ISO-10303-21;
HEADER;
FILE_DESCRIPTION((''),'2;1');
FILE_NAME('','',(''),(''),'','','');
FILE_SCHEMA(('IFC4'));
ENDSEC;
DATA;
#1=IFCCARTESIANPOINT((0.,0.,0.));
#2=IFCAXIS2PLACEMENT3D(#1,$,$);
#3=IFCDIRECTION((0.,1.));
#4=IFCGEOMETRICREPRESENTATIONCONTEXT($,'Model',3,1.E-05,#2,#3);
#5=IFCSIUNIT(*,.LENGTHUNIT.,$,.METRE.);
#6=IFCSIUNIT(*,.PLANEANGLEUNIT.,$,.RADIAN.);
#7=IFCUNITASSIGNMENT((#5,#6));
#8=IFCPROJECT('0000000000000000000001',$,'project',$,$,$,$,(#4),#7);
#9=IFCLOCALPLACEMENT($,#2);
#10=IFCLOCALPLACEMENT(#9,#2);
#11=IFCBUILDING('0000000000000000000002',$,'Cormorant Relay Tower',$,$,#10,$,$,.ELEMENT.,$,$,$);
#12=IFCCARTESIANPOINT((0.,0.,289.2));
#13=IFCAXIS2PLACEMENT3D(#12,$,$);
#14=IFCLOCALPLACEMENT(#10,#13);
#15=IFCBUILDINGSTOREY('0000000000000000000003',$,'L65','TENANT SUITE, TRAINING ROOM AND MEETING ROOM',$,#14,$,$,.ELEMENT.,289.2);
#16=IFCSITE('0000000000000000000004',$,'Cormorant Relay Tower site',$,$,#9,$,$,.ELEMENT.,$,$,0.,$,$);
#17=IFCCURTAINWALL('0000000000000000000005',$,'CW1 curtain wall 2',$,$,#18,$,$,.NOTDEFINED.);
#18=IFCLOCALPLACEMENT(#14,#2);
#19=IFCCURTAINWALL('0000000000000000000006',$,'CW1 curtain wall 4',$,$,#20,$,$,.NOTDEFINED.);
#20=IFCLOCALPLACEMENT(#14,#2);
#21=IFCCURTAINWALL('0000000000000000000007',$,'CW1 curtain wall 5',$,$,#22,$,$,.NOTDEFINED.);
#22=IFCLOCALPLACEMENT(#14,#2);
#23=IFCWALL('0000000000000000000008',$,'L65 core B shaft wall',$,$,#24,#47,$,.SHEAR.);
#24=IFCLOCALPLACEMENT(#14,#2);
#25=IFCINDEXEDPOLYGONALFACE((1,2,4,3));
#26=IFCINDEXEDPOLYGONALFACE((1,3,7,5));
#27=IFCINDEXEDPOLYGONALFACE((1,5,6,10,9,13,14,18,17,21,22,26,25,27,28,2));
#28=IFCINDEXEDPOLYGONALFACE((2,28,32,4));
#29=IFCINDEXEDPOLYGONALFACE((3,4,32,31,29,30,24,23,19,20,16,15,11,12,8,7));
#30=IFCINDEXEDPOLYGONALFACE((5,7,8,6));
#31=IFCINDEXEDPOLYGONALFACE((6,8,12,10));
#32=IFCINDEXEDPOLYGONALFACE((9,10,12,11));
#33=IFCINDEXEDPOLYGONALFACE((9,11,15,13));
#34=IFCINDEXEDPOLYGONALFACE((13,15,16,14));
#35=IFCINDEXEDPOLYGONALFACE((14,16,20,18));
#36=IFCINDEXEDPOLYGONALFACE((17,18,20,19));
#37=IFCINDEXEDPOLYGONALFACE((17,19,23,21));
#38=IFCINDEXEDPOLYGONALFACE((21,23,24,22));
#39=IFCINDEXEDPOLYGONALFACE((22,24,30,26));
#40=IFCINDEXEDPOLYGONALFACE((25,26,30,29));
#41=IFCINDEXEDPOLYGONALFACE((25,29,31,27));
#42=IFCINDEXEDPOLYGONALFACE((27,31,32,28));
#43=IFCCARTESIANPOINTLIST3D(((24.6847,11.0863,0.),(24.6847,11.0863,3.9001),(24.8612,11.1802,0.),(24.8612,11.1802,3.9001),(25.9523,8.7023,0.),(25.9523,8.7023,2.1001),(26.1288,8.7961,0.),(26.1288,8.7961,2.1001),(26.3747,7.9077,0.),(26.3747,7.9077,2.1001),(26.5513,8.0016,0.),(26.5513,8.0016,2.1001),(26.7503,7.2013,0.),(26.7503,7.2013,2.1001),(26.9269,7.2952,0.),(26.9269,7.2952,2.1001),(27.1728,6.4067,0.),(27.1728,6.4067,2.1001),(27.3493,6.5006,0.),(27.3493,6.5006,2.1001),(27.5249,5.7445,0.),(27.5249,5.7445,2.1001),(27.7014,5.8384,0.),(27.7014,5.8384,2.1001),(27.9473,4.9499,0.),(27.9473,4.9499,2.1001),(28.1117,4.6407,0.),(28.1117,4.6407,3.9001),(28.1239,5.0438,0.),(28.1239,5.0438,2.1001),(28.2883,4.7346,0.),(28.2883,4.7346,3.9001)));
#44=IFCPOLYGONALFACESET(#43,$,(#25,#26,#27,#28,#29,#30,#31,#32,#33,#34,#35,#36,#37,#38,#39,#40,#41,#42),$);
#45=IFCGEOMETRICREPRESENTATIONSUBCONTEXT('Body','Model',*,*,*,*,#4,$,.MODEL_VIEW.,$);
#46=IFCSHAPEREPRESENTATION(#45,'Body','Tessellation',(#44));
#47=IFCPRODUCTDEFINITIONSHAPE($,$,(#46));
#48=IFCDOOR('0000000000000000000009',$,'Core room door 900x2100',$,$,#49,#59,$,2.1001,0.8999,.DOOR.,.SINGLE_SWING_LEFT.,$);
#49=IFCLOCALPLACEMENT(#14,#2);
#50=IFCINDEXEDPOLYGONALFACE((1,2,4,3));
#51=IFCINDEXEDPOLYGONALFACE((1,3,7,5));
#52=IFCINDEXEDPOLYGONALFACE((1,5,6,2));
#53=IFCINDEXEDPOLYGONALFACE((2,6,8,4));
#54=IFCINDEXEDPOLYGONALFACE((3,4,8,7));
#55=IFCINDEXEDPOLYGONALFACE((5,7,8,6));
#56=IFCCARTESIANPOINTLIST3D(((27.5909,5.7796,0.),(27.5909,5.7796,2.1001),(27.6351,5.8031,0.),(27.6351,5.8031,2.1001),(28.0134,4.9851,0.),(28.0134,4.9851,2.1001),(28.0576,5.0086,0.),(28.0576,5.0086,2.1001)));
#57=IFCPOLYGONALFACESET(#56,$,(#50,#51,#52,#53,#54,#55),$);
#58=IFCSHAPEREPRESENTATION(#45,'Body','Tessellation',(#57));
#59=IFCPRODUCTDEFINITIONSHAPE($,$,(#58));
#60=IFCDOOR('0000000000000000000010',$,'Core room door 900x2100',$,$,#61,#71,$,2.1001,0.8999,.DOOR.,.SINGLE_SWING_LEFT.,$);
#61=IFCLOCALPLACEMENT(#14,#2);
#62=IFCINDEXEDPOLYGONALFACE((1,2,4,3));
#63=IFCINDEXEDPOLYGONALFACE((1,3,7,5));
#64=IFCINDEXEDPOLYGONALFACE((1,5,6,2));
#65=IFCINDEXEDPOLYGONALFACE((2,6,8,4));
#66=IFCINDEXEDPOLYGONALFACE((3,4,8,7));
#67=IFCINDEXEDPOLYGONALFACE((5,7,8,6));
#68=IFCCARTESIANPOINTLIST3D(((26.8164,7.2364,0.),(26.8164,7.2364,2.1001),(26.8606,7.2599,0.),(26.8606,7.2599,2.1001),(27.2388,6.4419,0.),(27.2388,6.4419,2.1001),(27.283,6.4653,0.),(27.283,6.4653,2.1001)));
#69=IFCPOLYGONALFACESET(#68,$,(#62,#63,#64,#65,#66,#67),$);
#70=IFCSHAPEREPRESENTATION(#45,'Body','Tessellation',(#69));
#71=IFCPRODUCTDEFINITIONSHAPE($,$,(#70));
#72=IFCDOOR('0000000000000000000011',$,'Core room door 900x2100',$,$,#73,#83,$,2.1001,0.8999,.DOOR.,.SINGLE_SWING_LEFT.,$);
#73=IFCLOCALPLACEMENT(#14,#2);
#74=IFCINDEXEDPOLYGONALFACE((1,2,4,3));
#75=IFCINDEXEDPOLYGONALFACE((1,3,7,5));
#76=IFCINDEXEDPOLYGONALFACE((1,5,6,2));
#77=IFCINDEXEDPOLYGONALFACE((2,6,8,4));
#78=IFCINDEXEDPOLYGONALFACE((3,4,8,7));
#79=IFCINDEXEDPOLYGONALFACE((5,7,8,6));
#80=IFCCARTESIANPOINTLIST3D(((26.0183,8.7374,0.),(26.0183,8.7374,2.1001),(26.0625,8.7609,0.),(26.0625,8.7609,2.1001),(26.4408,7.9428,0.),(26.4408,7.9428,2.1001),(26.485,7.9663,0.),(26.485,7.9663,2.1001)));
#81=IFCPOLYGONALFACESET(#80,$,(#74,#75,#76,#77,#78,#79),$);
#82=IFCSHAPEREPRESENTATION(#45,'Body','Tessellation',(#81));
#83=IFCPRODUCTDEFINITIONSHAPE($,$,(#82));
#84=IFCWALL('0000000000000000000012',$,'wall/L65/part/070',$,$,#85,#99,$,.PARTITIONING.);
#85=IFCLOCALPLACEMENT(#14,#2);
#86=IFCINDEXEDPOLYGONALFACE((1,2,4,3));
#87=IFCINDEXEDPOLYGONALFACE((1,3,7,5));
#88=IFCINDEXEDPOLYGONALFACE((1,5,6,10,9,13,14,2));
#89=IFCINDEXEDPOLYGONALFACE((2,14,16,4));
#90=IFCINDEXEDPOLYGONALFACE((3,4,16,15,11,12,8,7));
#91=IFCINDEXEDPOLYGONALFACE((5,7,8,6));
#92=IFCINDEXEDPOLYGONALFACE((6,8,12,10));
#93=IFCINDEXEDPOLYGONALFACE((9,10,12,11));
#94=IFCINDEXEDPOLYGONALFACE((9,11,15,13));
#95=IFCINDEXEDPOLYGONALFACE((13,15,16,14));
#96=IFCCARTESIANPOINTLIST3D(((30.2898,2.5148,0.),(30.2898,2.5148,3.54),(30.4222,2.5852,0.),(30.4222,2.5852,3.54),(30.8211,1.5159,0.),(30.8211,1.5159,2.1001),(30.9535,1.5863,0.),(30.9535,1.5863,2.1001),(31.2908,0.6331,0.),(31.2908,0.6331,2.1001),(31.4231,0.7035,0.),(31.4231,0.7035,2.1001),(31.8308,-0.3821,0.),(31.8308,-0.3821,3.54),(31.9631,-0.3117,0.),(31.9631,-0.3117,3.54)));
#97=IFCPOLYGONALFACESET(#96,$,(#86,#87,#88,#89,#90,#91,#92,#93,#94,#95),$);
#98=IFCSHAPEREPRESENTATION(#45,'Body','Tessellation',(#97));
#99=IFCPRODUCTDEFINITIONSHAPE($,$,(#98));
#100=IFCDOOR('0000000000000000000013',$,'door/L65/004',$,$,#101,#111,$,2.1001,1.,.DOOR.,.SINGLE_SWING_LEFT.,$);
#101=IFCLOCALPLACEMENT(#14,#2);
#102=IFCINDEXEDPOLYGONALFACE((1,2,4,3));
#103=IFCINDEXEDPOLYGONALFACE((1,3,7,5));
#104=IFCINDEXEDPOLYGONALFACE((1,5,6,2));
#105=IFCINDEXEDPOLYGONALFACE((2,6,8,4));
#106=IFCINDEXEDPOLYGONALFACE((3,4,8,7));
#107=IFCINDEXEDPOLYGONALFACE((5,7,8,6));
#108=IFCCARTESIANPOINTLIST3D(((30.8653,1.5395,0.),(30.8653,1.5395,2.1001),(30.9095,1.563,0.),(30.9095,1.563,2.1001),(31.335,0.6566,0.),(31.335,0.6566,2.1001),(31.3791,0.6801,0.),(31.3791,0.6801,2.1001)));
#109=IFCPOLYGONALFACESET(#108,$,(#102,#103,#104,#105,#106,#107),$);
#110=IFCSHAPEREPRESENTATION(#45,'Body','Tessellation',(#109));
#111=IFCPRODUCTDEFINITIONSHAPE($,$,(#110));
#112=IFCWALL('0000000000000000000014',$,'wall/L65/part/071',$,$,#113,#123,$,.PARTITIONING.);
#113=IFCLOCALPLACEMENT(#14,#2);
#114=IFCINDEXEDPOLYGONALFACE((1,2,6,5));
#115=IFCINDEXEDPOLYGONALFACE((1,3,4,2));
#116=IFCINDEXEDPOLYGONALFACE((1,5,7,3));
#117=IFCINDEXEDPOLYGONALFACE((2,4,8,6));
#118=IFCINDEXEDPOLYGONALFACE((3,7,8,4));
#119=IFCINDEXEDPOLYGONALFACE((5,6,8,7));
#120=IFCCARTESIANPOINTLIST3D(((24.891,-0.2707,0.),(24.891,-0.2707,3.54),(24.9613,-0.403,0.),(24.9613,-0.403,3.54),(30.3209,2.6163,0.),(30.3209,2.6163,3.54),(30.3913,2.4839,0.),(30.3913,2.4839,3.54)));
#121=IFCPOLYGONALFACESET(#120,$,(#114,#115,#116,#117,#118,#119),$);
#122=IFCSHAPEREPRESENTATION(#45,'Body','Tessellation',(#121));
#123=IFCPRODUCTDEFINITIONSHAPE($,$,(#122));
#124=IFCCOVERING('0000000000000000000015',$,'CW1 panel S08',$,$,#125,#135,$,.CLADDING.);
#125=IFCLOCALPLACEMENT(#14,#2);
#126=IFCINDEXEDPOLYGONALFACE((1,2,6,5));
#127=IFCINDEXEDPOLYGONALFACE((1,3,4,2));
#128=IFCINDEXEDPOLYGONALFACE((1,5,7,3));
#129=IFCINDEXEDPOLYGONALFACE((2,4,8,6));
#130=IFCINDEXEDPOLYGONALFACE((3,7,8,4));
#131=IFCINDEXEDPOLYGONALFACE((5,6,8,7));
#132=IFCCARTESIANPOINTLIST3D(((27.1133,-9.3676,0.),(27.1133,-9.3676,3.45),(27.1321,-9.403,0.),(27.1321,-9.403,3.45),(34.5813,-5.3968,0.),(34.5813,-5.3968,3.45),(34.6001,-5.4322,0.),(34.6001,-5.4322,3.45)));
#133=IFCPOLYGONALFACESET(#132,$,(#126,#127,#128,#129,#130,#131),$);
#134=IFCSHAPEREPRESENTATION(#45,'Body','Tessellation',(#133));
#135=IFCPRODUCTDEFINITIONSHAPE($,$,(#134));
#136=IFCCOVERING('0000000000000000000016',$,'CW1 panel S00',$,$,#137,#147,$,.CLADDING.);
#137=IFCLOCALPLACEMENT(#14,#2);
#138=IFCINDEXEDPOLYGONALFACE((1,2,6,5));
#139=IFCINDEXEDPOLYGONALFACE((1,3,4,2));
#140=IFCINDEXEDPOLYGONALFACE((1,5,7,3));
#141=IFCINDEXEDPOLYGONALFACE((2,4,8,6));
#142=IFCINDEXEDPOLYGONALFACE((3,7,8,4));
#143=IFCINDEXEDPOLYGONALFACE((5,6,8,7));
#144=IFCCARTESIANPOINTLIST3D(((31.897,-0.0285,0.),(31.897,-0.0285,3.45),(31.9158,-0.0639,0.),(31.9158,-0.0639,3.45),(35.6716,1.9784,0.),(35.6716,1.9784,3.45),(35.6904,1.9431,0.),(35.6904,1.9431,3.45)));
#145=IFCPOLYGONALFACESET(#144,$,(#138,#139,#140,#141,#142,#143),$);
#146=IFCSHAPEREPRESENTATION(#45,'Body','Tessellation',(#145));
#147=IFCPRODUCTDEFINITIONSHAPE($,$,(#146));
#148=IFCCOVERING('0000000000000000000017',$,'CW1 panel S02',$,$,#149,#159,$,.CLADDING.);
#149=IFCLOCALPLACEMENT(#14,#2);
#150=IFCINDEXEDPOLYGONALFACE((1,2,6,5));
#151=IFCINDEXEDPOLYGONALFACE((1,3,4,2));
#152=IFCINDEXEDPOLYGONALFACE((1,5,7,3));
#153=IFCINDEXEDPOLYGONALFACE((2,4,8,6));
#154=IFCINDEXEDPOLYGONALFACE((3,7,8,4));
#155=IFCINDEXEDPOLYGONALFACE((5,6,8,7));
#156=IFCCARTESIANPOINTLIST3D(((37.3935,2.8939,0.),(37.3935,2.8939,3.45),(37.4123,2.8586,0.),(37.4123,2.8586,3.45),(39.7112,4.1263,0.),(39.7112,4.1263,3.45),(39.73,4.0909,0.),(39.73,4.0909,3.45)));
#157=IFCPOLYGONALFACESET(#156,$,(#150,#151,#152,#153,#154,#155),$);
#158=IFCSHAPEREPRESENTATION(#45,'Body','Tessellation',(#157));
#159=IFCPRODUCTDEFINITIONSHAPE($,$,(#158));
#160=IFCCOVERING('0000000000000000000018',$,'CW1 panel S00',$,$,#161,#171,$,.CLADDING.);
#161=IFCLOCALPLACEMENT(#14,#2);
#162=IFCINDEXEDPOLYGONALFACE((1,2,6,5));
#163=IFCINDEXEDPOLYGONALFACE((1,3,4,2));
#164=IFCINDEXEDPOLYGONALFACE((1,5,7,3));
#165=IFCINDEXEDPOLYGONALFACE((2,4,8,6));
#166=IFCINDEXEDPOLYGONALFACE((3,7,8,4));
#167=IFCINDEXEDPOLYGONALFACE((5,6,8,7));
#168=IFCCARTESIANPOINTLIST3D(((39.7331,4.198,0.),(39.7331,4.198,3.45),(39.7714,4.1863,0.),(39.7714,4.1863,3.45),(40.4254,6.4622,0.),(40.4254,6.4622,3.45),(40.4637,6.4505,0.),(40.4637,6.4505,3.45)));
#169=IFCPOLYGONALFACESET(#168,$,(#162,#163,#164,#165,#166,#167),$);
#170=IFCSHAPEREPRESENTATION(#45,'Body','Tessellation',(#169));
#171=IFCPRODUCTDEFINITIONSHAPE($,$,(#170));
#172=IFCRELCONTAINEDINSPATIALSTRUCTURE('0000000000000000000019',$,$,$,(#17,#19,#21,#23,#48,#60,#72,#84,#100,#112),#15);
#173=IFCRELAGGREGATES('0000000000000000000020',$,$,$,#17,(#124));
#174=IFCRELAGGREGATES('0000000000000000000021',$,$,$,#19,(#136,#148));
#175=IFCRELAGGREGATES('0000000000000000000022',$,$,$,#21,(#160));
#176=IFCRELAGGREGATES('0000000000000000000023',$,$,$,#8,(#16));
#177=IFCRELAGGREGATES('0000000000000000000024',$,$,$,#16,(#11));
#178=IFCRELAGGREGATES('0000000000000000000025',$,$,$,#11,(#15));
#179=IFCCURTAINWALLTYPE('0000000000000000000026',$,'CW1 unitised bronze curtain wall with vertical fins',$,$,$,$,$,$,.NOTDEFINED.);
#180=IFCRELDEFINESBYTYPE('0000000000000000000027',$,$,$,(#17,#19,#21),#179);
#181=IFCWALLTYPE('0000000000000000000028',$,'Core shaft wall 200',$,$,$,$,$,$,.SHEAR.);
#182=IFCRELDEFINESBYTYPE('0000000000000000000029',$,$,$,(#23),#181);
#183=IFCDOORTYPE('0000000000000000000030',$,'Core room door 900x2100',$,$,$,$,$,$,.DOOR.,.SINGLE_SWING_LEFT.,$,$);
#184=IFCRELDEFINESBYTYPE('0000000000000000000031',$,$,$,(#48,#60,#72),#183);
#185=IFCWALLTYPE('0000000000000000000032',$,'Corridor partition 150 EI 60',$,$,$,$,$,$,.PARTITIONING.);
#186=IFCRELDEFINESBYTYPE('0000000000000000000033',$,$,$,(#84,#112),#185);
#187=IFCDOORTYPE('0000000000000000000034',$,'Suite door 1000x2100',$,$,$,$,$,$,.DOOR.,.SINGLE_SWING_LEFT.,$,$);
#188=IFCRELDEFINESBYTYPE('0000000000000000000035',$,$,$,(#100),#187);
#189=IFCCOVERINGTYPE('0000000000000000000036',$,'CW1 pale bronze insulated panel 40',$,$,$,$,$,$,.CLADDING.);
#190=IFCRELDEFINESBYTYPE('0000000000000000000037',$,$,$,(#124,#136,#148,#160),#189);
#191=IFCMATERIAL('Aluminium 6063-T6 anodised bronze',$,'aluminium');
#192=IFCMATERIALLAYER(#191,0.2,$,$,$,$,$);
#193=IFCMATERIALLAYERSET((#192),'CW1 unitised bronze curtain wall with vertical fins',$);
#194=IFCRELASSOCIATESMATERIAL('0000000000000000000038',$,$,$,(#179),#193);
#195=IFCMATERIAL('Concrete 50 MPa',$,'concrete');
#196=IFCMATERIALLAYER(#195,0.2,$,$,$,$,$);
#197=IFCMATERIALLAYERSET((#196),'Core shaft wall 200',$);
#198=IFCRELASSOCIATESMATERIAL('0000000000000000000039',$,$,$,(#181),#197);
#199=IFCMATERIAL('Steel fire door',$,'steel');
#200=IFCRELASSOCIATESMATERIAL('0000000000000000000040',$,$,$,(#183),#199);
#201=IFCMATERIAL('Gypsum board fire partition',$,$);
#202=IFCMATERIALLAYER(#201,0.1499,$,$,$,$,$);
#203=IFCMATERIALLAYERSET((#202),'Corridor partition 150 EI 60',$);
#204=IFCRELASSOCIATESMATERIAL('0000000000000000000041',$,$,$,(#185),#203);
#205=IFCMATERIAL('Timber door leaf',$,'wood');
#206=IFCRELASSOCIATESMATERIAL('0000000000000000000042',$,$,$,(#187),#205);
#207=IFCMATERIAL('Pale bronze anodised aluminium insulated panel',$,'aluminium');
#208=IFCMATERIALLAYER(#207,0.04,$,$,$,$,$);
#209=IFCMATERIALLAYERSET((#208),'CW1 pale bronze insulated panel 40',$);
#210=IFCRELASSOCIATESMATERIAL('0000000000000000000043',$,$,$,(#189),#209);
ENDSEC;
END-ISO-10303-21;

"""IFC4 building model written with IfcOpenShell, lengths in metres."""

from ifc_helpers import new_model, si_unit, direction, frame, frame_2d, origin, origin_2d, place, context, subcontext, project, spatial, rectangle, extrude, material, layer, layer_set, type_object, element, fill, aggregate, save


model = new_model("IFC4")

# Units and contexts
model_context = context("Model", 3, precision=1e-05, world=origin(), true_north=direction((0.0, 1.0)))
body_context = subcontext(model_context, "Body", "Model", "MODEL_VIEW")
ifc_project = project(units=[si_unit("LENGTHUNIT", "METRE"), si_unit("PLANEANGLEUNIT", "RADIAN")], contexts=[model_context])

# Site, building, storey
site_placement = place(None, origin())
site = spatial("IfcSite", under=ifc_project, at=site_placement, Name="Cormorant Relay Tower site", CompositionType="ELEMENT", RefElevation=0.0)
building_placement = place(site_placement, origin())
building = spatial("IfcBuilding", under=site, at=building_placement, Name="Cormorant Relay Tower", CompositionType="ELEMENT")
storey_placement = place(building_placement, frame((0.0, 0.0, 289.2)))
storey = spatial("IfcBuildingStorey", under=building, at=storey_placement, Name="L65", Description="TENANT SUITE, TRAINING ROOM AND MEETING ROOM", CompositionType="ELEMENT", Elevation=289.2)

# Curtain wall
ifc_material_1 = material(Name="Aluminium 6063-T6 anodised bronze", Category="aluminium")
ifc_layer_1 = layer(ifc_material_1, 0.2)
ifc_layer_set_1 = layer_set([ifc_layer_1], Name="CW1 unitised bronze curtain wall with vertical fins")
curtain_wall_type = type_object("IfcCurtainWallType", Name="CW1 unitised bronze curtain wall with vertical fins", PredefinedType="NOTDEFINED", material=ifc_layer_set_1)
curtain_wall_1_placement = place(storey_placement, origin())
curtain_wall_1 = element("IfcCurtainWall", 1, at=curtain_wall_1_placement, inside=storey, type_object=curtain_wall_type, Name="CW1 curtain wall 2", PredefinedType="NOTDEFINED")

# Curtain wall
curtain_wall_2_placement = place(storey_placement, origin())
curtain_wall_2 = element("IfcCurtainWall", 2, at=curtain_wall_2_placement, inside=storey, type_object=curtain_wall_type, Name="CW1 curtain wall 4", PredefinedType="NOTDEFINED")

# Curtain wall
curtain_wall_3_placement = place(storey_placement, origin())
curtain_wall_3 = element("IfcCurtainWall", 3, at=curtain_wall_3_placement, inside=storey, type_object=curtain_wall_type, Name="CW1 curtain wall 5", PredefinedType="NOTDEFINED")

# Shared definitions
ifc_material_2 = material(Name="Concrete 50 MPa", Category="concrete")
ifc_layer_2 = layer(ifc_material_2, 0.2)
ifc_layer_set_2 = layer_set([ifc_layer_2], Name="Core shaft wall 200")
wall_type_1 = type_object("IfcWallType", Name="Core shaft wall 200", PredefinedType="SHEAR", material=ifc_layer_set_2)

# Wall, openings, doors
wall_1_placement = place(storey_placement, frame((28.2, 4.6877, 0.0), z_axis=(0.0, 0.0, 1.0), x_axis=(-0.469454, 0.882957, 0.0)))
wall_1 = element("IfcWall", 4, at=wall_1_placement, inside=storey, type_object=wall_type_1, Name="L65 core B shaft wall", PredefinedType="SHEAR", context=body_context, shape_type="SweptSolid", body=[
    extrude(rectangle(XDim=7.3, YDim=0.2, at=frame_2d((3.6499, 0.0))), origin(), (0.0, 0.0, 1.0), 3.9001),
])
opening_1_placement = place(wall_1_placement, frame((0.3501, 0.0, 0.0)))
opening_1 = element("IfcOpeningElement", 5, at=opening_1_placement, cuts=wall_1, PredefinedType="OPENING", context=body_context, shape_type="SweptSolid", body=[
    extrude(rectangle(XDim=0.8999, YDim=2.1001, at=frame_2d((0.45, 1.05))), frame((0.0, 0.1099, 0.0), z_axis=(0.0, -1.0, 0.0), x_axis=(1.0, 0.0, 0.0)), (0.0, 0.0, 1.0), 0.22),
])
opening_2_placement = place(wall_1_placement, frame((2.0, 0.0, 0.0)))
opening_2 = element("IfcOpeningElement", 6, at=opening_2_placement, cuts=wall_1, PredefinedType="OPENING", context=body_context, shape_type="SweptSolid", body=[
    extrude(rectangle(XDim=0.8999, YDim=2.1001, at=frame_2d((0.45, 1.05))), frame((0.0, 0.1099, 0.0), z_axis=(0.0, -1.0, 0.0), x_axis=(1.0, 0.0, 0.0)), (0.0, 0.0, 1.0), 0.22),
])
opening_3_placement = place(wall_1_placement, frame((3.7, 0.0, 0.0)))
opening_3 = element("IfcOpeningElement", 7, at=opening_3_placement, cuts=wall_1, PredefinedType="OPENING", context=body_context, shape_type="SweptSolid", body=[
    extrude(rectangle(XDim=0.8999, YDim=2.1001, at=frame_2d((0.45, 1.05))), frame((0.0, 0.1099, 0.0), z_axis=(0.0, -1.0, 0.0), x_axis=(1.0, 0.0, 0.0)), (0.0, 0.0, 1.0), 0.22),
])
ifc_material_3 = material(Name="Steel fire door", Category="steel")
door_type_1 = type_object("IfcDoorType", Name="Core room door 900x2100", OperationType="SINGLE_SWING_LEFT", PredefinedType="DOOR", material=ifc_material_3)
door_1_placement = place(opening_1_placement, frame((0.8999, 0.0, 0.0), z_axis=(0.0, 0.0, 1.0), x_axis=(-1.0, 0.0, 0.0)))
door_1 = element("IfcDoor", 8, at=door_1_placement, inside=storey, type_object=door_type_1, Name="Core room door 900x2100", OperationType="SINGLE_SWING_LEFT", OverallHeight=2.1001, OverallWidth=0.8999, PredefinedType="DOOR", context=body_context, shape_type="SweptSolid", body=[
    extrude(rectangle(XDim=0.8999, YDim=2.1001, at=frame_2d((0.45, 1.05))), frame((0.0, 0.0249, 0.0), z_axis=(0.0, -1.0, 0.0), x_axis=(1.0, 0.0, 0.0)), (0.0, 0.0, 1.0), 0.05),
])
fill(opening_1, door_1)
door_2_placement = place(opening_2_placement, frame((0.8999, 0.0, 0.0), z_axis=(0.0, 0.0, 1.0), x_axis=(-1.0, 0.0, 0.0)))
door_2 = element("IfcDoor", 9, at=door_2_placement, inside=storey, type_object=door_type_1, Name="Core room door 900x2100", OperationType="SINGLE_SWING_LEFT", OverallHeight=2.1001, OverallWidth=0.8999, PredefinedType="DOOR", context=body_context, shape_type="SweptSolid", body=[
    extrude(rectangle(XDim=0.8999, YDim=2.1001, at=frame_2d((0.45, 1.05))), frame((0.0, 0.0249, 0.0), z_axis=(0.0, -1.0, 0.0), x_axis=(1.0, 0.0, 0.0)), (0.0, 0.0, 1.0), 0.05),
])
fill(opening_2, door_2)
door_3_placement = place(opening_3_placement, frame((0.8999, 0.0, 0.0), z_axis=(0.0, 0.0, 1.0), x_axis=(-1.0, 0.0, 0.0)))
door_3 = element("IfcDoor", 10, at=door_3_placement, inside=storey, type_object=door_type_1, Name="Core room door 900x2100", OperationType="SINGLE_SWING_LEFT", OverallHeight=2.1001, OverallWidth=0.8999, PredefinedType="DOOR", context=body_context, shape_type="SweptSolid", body=[
    extrude(rectangle(XDim=0.8999, YDim=2.1001, at=frame_2d((0.45, 1.05))), frame((0.0, 0.0249, 0.0), z_axis=(0.0, -1.0, 0.0), x_axis=(1.0, 0.0, 0.0)), (0.0, 0.0, 1.0), 0.05),
])
fill(opening_3, door_3)

# Wall, opening, door
ifc_material_4 = material(Name="Gypsum board fire partition")
ifc_layer_3 = layer(ifc_material_4, 0.1499)
ifc_layer_set_3 = layer_set([ifc_layer_3], Name="Corridor partition 150 EI 60")
wall_type_2 = type_object("IfcWallType", Name="Corridor partition 150 EI 60", PredefinedType="PARTITIONING", material=ifc_layer_set_3)
wall_2_placement = place(storey_placement, frame((31.897, -0.3469, 0.0), z_axis=(0.0, 0.0, 1.0), x_axis=(-0.46963, 0.882863, 0.0)))
wall_2 = element("IfcWall", 11, at=wall_2_placement, inside=storey, type_object=wall_type_2, Name="wall/L65/part/070", PredefinedType="PARTITIONING", context=body_context, shape_type="SweptSolid", body=[
    extrude(rectangle(XDim=3.2812, YDim=0.1499, at=frame_2d((1.6406, 0.0))), origin(), (0.0, 0.0, 1.0), 3.54),
])
opening_4_placement = place(wall_2_placement, frame((1.1499, 0.0, 0.0)))
opening_4 = element("IfcOpeningElement", 12, at=opening_4_placement, cuts=wall_2, PredefinedType="OPENING", context=body_context, shape_type="SweptSolid", body=[
    extrude(rectangle(XDim=1.0, YDim=2.1001, at=frame_2d((0.5, 1.05))), frame((0.0, 0.085, 0.0), z_axis=(0.0, -1.0, 0.0), x_axis=(1.0, 0.0, 0.0)), (0.0, 0.0, 1.0), 0.1699),
])
ifc_material_5 = material(Name="Timber door leaf", Category="wood")
door_type_2 = type_object("IfcDoorType", Name="Suite door 1000x2100", OperationType="SINGLE_SWING_LEFT", PredefinedType="DOOR", material=ifc_material_5)
door_4_placement = place(opening_4_placement, origin())
door_4 = element("IfcDoor", 13, at=door_4_placement, inside=storey, type_object=door_type_2, Name="door/L65/004", OperationType="SINGLE_SWING_LEFT", OverallHeight=2.1001, OverallWidth=1.0, PredefinedType="DOOR", context=body_context, shape_type="SweptSolid", body=[
    extrude(rectangle(XDim=1.0, YDim=2.1001, at=frame_2d((0.5, 1.05))), frame((0.0, 0.0249, 0.0), z_axis=(0.0, -1.0, 0.0), x_axis=(1.0, 0.0, 0.0)), (0.0, 0.0, 1.0), 0.05),
])
fill(opening_4, door_4)

# Wall
wall_3_placement = place(storey_placement, frame((30.356, 2.55, 0.0), z_axis=(0.0, 0.0, 1.0), x_axis=(-0.88296, -0.469448, 0.0)))
element("IfcWall", 14, at=wall_3_placement, inside=storey, type_object=wall_type_2, Name="wall/L65/part/071", PredefinedType="PARTITIONING", context=body_context, shape_type="SweptSolid", body=[
    extrude(rectangle(XDim=6.1497, YDim=0.1499, at=frame_2d((3.0747, 0.0))), origin(), (0.0, 0.0, 1.0), 3.54),
])

# Coverings
ifc_material_6 = material(Name="Pale bronze anodised aluminium insulated panel", Category="aluminium")
ifc_layer_4 = layer(ifc_material_6, 0.04)
ifc_layer_set_4 = layer_set([ifc_layer_4], Name="CW1 pale bronze insulated panel 40")
covering_type = type_object("IfcCoveringType", Name="CW1 pale bronze insulated panel 40", PredefinedType="CLADDING", material=ifc_layer_set_4)
covering_1_placement = place(storey_placement, frame((30.8567, -7.3999, 0.0), z_axis=(0.0, 0.0, 1.0), x_axis=(0.882948, 0.469472, 0.0)))
covering_1 = element("IfcCovering", 15, at=covering_1_placement, type_object=covering_type, Name="CW1 panel S08", PredefinedType="CLADDING", context=body_context, shape_type="SweptSolid", body=[
    extrude(rectangle(XDim=8.458, YDim=0.04, at=origin_2d()), origin(), (0.0, 0.0, 1.0), 3.45),
])
aggregate(curtain_wall_1, [covering_1])
covering_2_placement = place(storey_placement, frame((33.7937, 0.9573, 0.0), z_axis=(0.0, 0.0, 1.0), x_axis=(0.882948, 0.469472, 0.0)))
covering_2 = element("IfcCovering", 16, at=covering_2_placement, type_object=covering_type, Name="CW1 panel S00", PredefinedType="CLADDING", context=body_context, shape_type="SweptSolid", body=[
    extrude(rectangle(XDim=4.2749, YDim=0.04, at=origin_2d()), origin(), (0.0, 0.0, 1.0), 3.45),
])
covering_3_placement = place(storey_placement, frame((38.5618, 3.4924, 0.0), z_axis=(0.0, 0.0, 1.0), x_axis=(0.882948, 0.469472, 0.0)))
covering_3 = element("IfcCovering", 17, at=covering_3_placement, type_object=covering_type, Name="CW1 panel S02", PredefinedType="CLADDING", context=body_context, shape_type="SweptSolid", body=[
    extrude(rectangle(XDim=2.625, YDim=0.04, at=origin_2d()), origin(), (0.0, 0.0, 1.0), 3.45),
])
aggregate(curtain_wall_2, [covering_2, covering_3])
covering_4_placement = place(storey_placement, frame((40.0984, 5.3242, 0.0), z_axis=(0.0, 0.0, 1.0), x_axis=(0.292372, 0.956305, 0.0)))
covering_4 = element("IfcCovering", 18, at=covering_4_placement, type_object=covering_type, Name="CW1 panel S00", PredefinedType="CLADDING", context=body_context, shape_type="SweptSolid", body=[
    extrude(rectangle(XDim=2.3677, YDim=0.04, at=origin_2d()), origin(), (0.0, 0.0, 1.0), 3.45),
])
aggregate(curtain_wall_3, [covering_4])

save(model, "model.ifc")
